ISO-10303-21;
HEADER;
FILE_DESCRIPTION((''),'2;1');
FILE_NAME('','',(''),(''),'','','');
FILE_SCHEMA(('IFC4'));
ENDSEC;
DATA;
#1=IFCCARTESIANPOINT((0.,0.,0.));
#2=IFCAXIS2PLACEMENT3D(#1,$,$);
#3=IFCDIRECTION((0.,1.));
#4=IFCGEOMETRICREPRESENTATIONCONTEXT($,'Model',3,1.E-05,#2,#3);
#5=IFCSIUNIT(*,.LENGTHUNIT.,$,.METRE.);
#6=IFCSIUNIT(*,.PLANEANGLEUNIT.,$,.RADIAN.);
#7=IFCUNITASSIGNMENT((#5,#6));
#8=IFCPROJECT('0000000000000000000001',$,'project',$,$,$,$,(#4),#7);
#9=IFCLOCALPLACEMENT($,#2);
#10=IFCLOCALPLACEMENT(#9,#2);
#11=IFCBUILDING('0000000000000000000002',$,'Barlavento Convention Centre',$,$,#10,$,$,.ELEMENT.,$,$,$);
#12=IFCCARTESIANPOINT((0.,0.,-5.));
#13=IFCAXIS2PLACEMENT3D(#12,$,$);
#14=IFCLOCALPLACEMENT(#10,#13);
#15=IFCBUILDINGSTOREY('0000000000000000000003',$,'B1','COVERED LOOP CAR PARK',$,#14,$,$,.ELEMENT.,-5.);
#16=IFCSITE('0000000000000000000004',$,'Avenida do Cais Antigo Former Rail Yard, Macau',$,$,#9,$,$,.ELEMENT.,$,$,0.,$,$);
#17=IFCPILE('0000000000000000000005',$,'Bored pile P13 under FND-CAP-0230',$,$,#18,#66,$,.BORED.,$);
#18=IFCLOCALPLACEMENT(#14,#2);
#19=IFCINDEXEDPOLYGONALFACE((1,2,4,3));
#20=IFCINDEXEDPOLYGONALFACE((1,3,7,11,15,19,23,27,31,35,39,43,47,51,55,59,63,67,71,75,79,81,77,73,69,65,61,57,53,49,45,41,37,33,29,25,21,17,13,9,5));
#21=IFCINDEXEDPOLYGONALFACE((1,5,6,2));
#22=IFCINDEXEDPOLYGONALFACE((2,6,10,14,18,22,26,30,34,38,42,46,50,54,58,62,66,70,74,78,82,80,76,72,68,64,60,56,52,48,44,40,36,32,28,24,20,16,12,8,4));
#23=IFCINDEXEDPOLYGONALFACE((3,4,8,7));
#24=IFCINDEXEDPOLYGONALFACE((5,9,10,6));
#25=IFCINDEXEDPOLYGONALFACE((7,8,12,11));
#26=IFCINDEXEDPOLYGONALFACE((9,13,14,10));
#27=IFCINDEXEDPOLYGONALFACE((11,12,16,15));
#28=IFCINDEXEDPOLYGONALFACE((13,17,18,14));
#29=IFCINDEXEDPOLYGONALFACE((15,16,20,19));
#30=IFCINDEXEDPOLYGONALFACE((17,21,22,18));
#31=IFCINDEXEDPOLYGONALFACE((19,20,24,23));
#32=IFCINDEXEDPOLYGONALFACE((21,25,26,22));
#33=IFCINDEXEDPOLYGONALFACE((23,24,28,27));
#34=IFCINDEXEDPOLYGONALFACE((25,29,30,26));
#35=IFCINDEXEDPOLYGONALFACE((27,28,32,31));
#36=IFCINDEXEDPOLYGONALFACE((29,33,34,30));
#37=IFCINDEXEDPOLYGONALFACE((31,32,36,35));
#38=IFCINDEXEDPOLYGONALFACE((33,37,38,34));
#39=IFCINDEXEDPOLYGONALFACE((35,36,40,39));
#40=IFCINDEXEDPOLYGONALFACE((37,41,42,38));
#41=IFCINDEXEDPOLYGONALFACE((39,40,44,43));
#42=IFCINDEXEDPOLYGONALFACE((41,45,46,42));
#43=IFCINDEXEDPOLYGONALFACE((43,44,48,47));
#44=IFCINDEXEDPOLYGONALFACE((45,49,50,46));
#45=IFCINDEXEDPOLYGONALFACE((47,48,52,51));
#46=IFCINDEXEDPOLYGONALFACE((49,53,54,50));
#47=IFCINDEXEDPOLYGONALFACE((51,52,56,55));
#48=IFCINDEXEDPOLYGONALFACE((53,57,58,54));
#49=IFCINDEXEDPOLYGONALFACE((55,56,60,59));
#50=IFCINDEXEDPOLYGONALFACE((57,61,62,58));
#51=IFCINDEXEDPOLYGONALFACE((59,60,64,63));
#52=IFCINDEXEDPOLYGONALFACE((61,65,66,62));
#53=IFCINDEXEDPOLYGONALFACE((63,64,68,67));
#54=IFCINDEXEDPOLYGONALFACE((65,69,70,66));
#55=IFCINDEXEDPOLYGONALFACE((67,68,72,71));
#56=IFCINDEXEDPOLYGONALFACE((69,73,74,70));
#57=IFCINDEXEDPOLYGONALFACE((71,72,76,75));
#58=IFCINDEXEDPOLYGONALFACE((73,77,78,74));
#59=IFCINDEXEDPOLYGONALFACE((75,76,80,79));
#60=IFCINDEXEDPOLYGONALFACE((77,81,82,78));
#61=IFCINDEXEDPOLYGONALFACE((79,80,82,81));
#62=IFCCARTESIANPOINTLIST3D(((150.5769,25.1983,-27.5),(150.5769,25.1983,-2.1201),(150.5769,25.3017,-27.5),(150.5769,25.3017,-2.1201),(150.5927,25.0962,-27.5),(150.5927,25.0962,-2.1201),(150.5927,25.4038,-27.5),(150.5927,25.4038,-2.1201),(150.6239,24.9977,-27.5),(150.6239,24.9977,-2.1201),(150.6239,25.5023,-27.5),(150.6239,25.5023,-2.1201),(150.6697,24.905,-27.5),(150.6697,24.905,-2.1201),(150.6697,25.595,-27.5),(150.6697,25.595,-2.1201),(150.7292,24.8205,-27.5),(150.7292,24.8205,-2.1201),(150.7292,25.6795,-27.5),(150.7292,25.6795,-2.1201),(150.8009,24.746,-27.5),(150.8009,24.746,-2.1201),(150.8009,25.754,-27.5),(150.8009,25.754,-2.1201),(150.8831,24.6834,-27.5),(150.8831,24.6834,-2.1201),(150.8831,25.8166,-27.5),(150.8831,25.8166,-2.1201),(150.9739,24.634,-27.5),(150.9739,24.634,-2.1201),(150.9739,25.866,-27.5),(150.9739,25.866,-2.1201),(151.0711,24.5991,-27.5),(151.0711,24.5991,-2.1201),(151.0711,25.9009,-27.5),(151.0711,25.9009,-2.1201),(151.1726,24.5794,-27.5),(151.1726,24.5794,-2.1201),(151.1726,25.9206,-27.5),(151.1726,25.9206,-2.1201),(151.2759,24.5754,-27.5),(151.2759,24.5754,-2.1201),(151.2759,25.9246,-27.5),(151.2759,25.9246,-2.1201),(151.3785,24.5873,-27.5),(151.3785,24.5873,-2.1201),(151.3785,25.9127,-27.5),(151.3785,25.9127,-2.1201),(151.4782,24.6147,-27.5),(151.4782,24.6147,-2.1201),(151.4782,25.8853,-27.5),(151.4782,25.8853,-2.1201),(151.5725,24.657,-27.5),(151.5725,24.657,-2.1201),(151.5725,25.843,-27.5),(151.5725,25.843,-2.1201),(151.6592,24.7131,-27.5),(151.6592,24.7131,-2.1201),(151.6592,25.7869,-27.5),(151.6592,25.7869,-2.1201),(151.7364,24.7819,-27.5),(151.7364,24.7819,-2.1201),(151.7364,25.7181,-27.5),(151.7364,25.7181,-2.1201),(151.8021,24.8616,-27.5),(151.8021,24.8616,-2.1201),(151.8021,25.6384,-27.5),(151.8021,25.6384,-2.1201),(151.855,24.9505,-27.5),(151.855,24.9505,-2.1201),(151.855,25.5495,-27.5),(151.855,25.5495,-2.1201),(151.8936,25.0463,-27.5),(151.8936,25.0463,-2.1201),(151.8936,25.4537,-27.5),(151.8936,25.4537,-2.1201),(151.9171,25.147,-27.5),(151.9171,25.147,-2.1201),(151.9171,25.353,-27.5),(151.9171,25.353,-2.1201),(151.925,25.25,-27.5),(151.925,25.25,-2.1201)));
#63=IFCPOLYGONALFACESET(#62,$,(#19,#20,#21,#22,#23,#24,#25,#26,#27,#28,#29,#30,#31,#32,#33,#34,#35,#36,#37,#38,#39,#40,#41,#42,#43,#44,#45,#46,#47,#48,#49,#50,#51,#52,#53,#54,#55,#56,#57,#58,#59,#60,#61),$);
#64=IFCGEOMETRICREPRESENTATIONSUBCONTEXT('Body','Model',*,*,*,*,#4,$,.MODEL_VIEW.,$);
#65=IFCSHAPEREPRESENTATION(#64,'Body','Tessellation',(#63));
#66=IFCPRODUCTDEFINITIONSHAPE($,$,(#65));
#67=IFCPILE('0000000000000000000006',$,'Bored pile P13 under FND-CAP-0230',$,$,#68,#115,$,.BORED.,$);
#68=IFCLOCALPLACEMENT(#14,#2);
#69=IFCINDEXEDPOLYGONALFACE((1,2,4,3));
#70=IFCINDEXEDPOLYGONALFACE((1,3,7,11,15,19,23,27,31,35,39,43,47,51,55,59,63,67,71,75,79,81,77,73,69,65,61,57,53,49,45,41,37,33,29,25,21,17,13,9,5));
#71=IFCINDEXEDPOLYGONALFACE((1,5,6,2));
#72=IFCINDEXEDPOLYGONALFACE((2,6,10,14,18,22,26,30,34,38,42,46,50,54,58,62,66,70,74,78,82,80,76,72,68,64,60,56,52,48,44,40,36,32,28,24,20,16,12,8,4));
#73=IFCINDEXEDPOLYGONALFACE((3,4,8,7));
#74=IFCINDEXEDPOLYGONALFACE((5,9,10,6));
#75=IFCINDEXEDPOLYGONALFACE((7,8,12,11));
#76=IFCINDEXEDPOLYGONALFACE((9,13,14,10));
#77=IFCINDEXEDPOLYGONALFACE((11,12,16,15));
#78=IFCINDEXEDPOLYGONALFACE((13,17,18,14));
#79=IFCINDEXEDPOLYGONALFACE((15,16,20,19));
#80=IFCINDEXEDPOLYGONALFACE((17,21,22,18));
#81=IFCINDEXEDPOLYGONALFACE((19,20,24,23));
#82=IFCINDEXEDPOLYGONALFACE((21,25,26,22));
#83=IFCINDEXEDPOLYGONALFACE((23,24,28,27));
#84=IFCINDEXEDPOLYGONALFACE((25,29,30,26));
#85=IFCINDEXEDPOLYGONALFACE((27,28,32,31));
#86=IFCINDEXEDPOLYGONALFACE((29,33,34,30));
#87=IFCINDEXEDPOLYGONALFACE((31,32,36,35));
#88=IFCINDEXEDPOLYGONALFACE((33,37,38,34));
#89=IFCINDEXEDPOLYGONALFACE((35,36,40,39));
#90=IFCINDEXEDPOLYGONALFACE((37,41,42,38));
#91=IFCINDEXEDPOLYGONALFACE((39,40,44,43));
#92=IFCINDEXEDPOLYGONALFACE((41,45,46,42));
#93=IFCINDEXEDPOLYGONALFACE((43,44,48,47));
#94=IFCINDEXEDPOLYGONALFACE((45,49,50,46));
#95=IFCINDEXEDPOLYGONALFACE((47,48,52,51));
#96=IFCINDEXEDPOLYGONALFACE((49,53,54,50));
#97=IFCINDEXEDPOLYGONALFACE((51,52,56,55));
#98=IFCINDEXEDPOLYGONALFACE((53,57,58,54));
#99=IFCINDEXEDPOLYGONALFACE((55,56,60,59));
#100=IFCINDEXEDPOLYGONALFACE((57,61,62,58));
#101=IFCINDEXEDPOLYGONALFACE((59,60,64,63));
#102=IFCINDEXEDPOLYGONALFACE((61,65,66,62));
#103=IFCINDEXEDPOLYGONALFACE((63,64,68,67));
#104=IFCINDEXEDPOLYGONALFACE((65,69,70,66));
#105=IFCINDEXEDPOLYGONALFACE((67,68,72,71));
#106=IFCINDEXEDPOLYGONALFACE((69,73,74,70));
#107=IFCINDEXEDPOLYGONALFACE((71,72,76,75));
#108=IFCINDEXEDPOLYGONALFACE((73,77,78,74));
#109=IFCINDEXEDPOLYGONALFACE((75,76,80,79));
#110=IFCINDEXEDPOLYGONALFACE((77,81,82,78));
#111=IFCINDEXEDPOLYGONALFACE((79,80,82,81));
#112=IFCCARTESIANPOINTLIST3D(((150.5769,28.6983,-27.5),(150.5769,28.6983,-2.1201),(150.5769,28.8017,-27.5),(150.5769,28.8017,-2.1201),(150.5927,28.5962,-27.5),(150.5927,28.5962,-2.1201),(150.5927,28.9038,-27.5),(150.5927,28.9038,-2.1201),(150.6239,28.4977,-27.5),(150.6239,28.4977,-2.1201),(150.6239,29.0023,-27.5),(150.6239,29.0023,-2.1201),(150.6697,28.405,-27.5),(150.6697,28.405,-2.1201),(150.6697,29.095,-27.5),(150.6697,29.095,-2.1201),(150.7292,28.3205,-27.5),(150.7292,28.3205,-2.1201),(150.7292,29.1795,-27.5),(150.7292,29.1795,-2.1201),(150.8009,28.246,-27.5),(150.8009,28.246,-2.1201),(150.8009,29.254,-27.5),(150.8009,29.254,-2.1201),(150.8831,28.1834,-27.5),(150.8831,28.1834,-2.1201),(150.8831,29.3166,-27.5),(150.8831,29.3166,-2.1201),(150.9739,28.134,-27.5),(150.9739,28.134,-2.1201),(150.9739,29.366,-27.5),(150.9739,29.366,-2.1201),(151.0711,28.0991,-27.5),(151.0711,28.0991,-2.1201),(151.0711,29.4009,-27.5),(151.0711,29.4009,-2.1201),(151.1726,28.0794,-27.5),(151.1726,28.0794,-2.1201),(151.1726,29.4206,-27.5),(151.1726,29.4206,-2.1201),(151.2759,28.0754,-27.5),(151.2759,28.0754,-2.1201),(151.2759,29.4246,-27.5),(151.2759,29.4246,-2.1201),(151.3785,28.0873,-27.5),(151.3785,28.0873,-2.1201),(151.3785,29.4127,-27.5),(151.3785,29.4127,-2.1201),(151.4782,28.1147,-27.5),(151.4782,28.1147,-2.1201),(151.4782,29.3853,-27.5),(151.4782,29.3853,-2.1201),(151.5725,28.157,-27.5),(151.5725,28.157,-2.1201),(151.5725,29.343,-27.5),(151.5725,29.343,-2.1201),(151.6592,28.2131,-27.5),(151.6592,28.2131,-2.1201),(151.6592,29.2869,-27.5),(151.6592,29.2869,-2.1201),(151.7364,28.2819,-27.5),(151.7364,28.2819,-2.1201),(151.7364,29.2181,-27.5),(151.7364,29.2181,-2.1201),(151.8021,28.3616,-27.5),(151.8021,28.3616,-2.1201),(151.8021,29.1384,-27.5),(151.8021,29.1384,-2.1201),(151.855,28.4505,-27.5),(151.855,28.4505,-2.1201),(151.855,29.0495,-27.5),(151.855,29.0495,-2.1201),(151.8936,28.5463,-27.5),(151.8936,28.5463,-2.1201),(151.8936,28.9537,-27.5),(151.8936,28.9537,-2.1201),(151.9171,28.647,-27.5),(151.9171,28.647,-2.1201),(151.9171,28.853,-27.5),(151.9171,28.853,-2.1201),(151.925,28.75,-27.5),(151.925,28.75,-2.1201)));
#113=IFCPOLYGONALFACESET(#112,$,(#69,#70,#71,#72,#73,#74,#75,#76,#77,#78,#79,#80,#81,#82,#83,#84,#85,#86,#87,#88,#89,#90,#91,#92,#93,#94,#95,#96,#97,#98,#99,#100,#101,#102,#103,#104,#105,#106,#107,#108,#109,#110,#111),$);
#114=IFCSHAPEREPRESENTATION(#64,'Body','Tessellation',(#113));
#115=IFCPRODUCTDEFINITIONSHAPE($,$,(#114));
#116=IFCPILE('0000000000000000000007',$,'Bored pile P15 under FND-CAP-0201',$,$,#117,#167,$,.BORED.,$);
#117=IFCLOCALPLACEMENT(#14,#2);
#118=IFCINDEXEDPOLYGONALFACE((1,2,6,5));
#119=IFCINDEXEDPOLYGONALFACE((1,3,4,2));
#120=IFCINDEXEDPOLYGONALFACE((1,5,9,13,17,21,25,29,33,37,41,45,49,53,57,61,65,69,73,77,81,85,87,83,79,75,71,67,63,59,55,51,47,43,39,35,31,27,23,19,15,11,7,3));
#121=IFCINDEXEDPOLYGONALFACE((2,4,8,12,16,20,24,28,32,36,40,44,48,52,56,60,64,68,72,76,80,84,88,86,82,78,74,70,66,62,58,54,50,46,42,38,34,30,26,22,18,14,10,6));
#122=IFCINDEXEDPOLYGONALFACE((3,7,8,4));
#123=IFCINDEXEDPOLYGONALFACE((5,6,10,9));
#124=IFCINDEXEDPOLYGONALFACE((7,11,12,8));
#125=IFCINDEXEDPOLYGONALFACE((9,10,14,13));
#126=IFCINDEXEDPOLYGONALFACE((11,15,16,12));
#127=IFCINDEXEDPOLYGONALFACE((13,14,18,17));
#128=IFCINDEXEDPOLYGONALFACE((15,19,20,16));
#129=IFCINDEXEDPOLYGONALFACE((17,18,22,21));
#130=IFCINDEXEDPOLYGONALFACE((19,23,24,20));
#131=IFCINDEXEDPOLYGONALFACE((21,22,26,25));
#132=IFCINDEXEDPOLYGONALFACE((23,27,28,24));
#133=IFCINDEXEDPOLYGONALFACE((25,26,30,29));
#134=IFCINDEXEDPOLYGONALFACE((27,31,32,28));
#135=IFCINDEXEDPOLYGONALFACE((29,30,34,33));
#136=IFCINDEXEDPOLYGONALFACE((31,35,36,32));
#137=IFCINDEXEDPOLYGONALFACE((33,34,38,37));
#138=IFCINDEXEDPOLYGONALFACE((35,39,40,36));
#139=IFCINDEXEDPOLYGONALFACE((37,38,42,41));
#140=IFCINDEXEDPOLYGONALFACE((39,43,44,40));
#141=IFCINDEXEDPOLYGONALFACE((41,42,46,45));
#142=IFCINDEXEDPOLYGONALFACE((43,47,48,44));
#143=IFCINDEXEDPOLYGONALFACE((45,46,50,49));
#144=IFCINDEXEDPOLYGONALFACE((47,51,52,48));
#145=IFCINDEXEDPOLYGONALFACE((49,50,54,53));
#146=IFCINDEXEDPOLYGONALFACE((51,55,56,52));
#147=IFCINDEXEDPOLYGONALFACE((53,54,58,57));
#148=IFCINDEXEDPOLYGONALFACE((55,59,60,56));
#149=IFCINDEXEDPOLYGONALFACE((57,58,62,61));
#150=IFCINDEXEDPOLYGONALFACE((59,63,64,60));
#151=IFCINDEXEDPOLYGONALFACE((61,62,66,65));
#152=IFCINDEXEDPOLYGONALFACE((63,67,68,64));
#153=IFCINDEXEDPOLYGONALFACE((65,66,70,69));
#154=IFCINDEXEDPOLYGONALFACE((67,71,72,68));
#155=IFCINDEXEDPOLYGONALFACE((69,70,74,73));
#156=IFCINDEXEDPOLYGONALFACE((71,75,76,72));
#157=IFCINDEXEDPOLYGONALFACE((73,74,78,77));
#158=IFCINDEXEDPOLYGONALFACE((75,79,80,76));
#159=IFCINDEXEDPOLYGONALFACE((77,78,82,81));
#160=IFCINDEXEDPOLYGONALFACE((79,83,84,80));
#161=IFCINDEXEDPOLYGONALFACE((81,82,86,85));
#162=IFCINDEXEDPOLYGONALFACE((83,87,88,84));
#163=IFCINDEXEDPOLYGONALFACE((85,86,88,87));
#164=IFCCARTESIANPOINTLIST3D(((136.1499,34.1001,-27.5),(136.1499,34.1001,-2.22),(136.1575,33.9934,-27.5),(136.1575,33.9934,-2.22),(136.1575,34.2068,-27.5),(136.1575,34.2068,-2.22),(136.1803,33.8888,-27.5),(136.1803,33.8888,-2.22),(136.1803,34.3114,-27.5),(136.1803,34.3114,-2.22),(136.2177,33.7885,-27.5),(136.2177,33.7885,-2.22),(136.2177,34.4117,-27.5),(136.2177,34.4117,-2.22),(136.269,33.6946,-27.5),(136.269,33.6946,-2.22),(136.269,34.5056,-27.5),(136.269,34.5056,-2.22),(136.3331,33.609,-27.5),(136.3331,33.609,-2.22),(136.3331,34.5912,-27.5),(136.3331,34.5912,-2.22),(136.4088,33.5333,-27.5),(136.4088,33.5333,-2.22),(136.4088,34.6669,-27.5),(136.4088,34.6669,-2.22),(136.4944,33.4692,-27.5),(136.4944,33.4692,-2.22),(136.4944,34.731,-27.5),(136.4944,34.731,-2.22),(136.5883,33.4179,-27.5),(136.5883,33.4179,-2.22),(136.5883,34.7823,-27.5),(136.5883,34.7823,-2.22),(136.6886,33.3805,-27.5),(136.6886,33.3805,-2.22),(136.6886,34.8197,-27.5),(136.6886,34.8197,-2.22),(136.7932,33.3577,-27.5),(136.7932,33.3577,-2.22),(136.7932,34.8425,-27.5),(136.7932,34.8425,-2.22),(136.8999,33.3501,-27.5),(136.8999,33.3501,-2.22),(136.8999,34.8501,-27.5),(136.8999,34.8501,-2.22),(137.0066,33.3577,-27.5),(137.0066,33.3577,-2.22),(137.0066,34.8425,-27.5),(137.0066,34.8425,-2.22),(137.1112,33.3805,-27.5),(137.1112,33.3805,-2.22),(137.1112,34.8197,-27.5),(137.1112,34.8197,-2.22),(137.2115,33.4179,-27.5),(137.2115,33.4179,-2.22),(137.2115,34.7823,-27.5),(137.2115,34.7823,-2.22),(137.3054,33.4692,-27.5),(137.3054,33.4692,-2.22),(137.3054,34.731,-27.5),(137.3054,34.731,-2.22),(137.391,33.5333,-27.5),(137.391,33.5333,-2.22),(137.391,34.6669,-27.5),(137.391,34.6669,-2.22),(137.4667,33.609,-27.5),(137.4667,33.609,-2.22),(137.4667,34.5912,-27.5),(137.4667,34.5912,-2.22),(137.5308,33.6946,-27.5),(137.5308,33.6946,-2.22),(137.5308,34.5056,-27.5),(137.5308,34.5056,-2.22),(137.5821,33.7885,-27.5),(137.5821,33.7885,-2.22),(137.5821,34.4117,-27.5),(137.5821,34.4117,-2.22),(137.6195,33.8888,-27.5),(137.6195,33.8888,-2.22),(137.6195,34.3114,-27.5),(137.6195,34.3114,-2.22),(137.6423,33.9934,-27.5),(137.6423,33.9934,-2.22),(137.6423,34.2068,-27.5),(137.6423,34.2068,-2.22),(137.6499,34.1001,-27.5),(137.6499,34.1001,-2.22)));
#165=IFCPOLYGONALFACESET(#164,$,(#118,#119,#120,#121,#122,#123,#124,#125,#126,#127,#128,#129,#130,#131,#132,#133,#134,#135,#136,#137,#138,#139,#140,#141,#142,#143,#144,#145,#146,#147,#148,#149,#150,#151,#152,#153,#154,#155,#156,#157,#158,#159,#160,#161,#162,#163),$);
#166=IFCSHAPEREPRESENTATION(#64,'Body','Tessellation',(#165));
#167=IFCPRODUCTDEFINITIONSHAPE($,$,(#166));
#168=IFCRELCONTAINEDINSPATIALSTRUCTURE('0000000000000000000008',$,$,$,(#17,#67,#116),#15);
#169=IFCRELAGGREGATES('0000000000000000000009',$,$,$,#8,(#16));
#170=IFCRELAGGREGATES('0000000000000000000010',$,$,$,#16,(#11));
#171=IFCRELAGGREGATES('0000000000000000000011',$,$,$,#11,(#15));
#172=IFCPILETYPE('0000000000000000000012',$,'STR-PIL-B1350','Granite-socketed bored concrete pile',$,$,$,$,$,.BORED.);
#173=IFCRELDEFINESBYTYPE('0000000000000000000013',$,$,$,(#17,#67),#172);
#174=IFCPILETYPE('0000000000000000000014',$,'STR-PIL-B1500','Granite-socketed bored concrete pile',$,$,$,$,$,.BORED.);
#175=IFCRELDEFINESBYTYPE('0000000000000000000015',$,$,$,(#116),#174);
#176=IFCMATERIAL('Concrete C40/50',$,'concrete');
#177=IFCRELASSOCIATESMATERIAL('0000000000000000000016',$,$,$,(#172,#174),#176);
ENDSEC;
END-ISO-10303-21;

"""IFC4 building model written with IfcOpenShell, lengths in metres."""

from ifc_helpers import new_model, si_unit, direction, frame, origin, origin_2d, place, context, subcontext, project, spatial, circle, extrude, material, material_profile, profile_set, type_object, element, save


model = new_model("IFC4")

# Units and contexts
model_context = context("Model", 3, precision=1e-05, world=origin(), true_north=direction((0.0, 1.0)))
body_context = subcontext(model_context, "Body", "Model", "MODEL_VIEW")
ifc_project = project(units=[si_unit("LENGTHUNIT", "METRE"), si_unit("PLANEANGLEUNIT", "RADIAN")], contexts=[model_context])

# Site, building, storey
site_placement = place(None, origin())
site = spatial("IfcSite", under=ifc_project, at=site_placement, Name="Avenida do Cais Antigo Former Rail Yard, Macau", CompositionType="ELEMENT", RefElevation=0.0)
building_placement = place(site_placement, origin())
building = spatial("IfcBuilding", under=site, at=building_placement, Name="Barlavento Convention Centre", CompositionType="ELEMENT")
storey_placement = place(building_placement, frame((0.0, 0.0, -5.0)))
storey = spatial("IfcBuildingStorey", under=building, at=storey_placement, Name="B1", Description="COVERED LOOP CAR PARK", CompositionType="ELEMENT", Elevation=-5.0)

# Shared definitions
ifc_material_1 = material(Name="Concrete C40/50", Category="concrete")

# Piles
ifc_material_profile_1 = material_profile(ifc_material_1, circle(Radius=0.675, at=origin_2d()), Name="BORED PILE 1350")
ifc_profile_set_1 = profile_set([ifc_material_profile_1], Name="Concrete C40/50")
pile_type_1 = type_object("IfcPileType", Name="STR-PIL-B1350", Description="Granite-socketed bored concrete pile", PredefinedType="BORED", material=ifc_profile_set_1)
for number, where, z_axis, x_axis, name in (
    (1, (151.25, 25.25, -2.1201), (0.0, 0.0, -1.0), (1.0, 0.0, 0.0), "Bored pile P13 under FND-CAP-0230"),
    (2, (151.25, 28.75, -2.1201), (0.0, 0.0, -1.0), (1.0, 0.0, 0.0), "Bored pile P13 under FND-CAP-0230"),
):
    element("IfcPile", number, at=place(storey_placement, frame(where, z_axis=z_axis, x_axis=x_axis)), inside=storey, type_object=pile_type_1, Name=name, PredefinedType="BORED", context=body_context, shape_type="SweptSolid", body=[
        extrude(circle(Radius=0.675, at=origin_2d()), origin(), (0.0, 0.0, 1.0), 25.3799),
    ])
ifc_material_profile_2 = material_profile(ifc_material_1, circle(Radius=0.75, at=origin_2d()), Name="BORED PILE 1500")
ifc_profile_set_2 = profile_set([ifc_material_profile_2], Name="Concrete C40/50")
pile_type_2 = type_object("IfcPileType", Name="STR-PIL-B1500", Description="Granite-socketed bored concrete pile", PredefinedType="BORED", material=ifc_profile_set_2)
for number, where, z_axis, x_axis, name in (
    (3, (136.8999, 34.1001, -2.22), (0.0, 0.0, -1.0), (1.0, 0.0, 0.0), "Bored pile P15 under FND-CAP-0201"),
):
    element("IfcPile", number, at=place(storey_placement, frame(where, z_axis=z_axis, x_axis=x_axis)), inside=storey, type_object=pile_type_2, Name=name, PredefinedType="BORED", context=body_context, shape_type="SweptSolid", body=[
        extrude(circle(Radius=0.75, at=origin_2d()), origin(), (0.0, 0.0, 1.0), 25.28),
    ])

save(model, "model.ifc")
